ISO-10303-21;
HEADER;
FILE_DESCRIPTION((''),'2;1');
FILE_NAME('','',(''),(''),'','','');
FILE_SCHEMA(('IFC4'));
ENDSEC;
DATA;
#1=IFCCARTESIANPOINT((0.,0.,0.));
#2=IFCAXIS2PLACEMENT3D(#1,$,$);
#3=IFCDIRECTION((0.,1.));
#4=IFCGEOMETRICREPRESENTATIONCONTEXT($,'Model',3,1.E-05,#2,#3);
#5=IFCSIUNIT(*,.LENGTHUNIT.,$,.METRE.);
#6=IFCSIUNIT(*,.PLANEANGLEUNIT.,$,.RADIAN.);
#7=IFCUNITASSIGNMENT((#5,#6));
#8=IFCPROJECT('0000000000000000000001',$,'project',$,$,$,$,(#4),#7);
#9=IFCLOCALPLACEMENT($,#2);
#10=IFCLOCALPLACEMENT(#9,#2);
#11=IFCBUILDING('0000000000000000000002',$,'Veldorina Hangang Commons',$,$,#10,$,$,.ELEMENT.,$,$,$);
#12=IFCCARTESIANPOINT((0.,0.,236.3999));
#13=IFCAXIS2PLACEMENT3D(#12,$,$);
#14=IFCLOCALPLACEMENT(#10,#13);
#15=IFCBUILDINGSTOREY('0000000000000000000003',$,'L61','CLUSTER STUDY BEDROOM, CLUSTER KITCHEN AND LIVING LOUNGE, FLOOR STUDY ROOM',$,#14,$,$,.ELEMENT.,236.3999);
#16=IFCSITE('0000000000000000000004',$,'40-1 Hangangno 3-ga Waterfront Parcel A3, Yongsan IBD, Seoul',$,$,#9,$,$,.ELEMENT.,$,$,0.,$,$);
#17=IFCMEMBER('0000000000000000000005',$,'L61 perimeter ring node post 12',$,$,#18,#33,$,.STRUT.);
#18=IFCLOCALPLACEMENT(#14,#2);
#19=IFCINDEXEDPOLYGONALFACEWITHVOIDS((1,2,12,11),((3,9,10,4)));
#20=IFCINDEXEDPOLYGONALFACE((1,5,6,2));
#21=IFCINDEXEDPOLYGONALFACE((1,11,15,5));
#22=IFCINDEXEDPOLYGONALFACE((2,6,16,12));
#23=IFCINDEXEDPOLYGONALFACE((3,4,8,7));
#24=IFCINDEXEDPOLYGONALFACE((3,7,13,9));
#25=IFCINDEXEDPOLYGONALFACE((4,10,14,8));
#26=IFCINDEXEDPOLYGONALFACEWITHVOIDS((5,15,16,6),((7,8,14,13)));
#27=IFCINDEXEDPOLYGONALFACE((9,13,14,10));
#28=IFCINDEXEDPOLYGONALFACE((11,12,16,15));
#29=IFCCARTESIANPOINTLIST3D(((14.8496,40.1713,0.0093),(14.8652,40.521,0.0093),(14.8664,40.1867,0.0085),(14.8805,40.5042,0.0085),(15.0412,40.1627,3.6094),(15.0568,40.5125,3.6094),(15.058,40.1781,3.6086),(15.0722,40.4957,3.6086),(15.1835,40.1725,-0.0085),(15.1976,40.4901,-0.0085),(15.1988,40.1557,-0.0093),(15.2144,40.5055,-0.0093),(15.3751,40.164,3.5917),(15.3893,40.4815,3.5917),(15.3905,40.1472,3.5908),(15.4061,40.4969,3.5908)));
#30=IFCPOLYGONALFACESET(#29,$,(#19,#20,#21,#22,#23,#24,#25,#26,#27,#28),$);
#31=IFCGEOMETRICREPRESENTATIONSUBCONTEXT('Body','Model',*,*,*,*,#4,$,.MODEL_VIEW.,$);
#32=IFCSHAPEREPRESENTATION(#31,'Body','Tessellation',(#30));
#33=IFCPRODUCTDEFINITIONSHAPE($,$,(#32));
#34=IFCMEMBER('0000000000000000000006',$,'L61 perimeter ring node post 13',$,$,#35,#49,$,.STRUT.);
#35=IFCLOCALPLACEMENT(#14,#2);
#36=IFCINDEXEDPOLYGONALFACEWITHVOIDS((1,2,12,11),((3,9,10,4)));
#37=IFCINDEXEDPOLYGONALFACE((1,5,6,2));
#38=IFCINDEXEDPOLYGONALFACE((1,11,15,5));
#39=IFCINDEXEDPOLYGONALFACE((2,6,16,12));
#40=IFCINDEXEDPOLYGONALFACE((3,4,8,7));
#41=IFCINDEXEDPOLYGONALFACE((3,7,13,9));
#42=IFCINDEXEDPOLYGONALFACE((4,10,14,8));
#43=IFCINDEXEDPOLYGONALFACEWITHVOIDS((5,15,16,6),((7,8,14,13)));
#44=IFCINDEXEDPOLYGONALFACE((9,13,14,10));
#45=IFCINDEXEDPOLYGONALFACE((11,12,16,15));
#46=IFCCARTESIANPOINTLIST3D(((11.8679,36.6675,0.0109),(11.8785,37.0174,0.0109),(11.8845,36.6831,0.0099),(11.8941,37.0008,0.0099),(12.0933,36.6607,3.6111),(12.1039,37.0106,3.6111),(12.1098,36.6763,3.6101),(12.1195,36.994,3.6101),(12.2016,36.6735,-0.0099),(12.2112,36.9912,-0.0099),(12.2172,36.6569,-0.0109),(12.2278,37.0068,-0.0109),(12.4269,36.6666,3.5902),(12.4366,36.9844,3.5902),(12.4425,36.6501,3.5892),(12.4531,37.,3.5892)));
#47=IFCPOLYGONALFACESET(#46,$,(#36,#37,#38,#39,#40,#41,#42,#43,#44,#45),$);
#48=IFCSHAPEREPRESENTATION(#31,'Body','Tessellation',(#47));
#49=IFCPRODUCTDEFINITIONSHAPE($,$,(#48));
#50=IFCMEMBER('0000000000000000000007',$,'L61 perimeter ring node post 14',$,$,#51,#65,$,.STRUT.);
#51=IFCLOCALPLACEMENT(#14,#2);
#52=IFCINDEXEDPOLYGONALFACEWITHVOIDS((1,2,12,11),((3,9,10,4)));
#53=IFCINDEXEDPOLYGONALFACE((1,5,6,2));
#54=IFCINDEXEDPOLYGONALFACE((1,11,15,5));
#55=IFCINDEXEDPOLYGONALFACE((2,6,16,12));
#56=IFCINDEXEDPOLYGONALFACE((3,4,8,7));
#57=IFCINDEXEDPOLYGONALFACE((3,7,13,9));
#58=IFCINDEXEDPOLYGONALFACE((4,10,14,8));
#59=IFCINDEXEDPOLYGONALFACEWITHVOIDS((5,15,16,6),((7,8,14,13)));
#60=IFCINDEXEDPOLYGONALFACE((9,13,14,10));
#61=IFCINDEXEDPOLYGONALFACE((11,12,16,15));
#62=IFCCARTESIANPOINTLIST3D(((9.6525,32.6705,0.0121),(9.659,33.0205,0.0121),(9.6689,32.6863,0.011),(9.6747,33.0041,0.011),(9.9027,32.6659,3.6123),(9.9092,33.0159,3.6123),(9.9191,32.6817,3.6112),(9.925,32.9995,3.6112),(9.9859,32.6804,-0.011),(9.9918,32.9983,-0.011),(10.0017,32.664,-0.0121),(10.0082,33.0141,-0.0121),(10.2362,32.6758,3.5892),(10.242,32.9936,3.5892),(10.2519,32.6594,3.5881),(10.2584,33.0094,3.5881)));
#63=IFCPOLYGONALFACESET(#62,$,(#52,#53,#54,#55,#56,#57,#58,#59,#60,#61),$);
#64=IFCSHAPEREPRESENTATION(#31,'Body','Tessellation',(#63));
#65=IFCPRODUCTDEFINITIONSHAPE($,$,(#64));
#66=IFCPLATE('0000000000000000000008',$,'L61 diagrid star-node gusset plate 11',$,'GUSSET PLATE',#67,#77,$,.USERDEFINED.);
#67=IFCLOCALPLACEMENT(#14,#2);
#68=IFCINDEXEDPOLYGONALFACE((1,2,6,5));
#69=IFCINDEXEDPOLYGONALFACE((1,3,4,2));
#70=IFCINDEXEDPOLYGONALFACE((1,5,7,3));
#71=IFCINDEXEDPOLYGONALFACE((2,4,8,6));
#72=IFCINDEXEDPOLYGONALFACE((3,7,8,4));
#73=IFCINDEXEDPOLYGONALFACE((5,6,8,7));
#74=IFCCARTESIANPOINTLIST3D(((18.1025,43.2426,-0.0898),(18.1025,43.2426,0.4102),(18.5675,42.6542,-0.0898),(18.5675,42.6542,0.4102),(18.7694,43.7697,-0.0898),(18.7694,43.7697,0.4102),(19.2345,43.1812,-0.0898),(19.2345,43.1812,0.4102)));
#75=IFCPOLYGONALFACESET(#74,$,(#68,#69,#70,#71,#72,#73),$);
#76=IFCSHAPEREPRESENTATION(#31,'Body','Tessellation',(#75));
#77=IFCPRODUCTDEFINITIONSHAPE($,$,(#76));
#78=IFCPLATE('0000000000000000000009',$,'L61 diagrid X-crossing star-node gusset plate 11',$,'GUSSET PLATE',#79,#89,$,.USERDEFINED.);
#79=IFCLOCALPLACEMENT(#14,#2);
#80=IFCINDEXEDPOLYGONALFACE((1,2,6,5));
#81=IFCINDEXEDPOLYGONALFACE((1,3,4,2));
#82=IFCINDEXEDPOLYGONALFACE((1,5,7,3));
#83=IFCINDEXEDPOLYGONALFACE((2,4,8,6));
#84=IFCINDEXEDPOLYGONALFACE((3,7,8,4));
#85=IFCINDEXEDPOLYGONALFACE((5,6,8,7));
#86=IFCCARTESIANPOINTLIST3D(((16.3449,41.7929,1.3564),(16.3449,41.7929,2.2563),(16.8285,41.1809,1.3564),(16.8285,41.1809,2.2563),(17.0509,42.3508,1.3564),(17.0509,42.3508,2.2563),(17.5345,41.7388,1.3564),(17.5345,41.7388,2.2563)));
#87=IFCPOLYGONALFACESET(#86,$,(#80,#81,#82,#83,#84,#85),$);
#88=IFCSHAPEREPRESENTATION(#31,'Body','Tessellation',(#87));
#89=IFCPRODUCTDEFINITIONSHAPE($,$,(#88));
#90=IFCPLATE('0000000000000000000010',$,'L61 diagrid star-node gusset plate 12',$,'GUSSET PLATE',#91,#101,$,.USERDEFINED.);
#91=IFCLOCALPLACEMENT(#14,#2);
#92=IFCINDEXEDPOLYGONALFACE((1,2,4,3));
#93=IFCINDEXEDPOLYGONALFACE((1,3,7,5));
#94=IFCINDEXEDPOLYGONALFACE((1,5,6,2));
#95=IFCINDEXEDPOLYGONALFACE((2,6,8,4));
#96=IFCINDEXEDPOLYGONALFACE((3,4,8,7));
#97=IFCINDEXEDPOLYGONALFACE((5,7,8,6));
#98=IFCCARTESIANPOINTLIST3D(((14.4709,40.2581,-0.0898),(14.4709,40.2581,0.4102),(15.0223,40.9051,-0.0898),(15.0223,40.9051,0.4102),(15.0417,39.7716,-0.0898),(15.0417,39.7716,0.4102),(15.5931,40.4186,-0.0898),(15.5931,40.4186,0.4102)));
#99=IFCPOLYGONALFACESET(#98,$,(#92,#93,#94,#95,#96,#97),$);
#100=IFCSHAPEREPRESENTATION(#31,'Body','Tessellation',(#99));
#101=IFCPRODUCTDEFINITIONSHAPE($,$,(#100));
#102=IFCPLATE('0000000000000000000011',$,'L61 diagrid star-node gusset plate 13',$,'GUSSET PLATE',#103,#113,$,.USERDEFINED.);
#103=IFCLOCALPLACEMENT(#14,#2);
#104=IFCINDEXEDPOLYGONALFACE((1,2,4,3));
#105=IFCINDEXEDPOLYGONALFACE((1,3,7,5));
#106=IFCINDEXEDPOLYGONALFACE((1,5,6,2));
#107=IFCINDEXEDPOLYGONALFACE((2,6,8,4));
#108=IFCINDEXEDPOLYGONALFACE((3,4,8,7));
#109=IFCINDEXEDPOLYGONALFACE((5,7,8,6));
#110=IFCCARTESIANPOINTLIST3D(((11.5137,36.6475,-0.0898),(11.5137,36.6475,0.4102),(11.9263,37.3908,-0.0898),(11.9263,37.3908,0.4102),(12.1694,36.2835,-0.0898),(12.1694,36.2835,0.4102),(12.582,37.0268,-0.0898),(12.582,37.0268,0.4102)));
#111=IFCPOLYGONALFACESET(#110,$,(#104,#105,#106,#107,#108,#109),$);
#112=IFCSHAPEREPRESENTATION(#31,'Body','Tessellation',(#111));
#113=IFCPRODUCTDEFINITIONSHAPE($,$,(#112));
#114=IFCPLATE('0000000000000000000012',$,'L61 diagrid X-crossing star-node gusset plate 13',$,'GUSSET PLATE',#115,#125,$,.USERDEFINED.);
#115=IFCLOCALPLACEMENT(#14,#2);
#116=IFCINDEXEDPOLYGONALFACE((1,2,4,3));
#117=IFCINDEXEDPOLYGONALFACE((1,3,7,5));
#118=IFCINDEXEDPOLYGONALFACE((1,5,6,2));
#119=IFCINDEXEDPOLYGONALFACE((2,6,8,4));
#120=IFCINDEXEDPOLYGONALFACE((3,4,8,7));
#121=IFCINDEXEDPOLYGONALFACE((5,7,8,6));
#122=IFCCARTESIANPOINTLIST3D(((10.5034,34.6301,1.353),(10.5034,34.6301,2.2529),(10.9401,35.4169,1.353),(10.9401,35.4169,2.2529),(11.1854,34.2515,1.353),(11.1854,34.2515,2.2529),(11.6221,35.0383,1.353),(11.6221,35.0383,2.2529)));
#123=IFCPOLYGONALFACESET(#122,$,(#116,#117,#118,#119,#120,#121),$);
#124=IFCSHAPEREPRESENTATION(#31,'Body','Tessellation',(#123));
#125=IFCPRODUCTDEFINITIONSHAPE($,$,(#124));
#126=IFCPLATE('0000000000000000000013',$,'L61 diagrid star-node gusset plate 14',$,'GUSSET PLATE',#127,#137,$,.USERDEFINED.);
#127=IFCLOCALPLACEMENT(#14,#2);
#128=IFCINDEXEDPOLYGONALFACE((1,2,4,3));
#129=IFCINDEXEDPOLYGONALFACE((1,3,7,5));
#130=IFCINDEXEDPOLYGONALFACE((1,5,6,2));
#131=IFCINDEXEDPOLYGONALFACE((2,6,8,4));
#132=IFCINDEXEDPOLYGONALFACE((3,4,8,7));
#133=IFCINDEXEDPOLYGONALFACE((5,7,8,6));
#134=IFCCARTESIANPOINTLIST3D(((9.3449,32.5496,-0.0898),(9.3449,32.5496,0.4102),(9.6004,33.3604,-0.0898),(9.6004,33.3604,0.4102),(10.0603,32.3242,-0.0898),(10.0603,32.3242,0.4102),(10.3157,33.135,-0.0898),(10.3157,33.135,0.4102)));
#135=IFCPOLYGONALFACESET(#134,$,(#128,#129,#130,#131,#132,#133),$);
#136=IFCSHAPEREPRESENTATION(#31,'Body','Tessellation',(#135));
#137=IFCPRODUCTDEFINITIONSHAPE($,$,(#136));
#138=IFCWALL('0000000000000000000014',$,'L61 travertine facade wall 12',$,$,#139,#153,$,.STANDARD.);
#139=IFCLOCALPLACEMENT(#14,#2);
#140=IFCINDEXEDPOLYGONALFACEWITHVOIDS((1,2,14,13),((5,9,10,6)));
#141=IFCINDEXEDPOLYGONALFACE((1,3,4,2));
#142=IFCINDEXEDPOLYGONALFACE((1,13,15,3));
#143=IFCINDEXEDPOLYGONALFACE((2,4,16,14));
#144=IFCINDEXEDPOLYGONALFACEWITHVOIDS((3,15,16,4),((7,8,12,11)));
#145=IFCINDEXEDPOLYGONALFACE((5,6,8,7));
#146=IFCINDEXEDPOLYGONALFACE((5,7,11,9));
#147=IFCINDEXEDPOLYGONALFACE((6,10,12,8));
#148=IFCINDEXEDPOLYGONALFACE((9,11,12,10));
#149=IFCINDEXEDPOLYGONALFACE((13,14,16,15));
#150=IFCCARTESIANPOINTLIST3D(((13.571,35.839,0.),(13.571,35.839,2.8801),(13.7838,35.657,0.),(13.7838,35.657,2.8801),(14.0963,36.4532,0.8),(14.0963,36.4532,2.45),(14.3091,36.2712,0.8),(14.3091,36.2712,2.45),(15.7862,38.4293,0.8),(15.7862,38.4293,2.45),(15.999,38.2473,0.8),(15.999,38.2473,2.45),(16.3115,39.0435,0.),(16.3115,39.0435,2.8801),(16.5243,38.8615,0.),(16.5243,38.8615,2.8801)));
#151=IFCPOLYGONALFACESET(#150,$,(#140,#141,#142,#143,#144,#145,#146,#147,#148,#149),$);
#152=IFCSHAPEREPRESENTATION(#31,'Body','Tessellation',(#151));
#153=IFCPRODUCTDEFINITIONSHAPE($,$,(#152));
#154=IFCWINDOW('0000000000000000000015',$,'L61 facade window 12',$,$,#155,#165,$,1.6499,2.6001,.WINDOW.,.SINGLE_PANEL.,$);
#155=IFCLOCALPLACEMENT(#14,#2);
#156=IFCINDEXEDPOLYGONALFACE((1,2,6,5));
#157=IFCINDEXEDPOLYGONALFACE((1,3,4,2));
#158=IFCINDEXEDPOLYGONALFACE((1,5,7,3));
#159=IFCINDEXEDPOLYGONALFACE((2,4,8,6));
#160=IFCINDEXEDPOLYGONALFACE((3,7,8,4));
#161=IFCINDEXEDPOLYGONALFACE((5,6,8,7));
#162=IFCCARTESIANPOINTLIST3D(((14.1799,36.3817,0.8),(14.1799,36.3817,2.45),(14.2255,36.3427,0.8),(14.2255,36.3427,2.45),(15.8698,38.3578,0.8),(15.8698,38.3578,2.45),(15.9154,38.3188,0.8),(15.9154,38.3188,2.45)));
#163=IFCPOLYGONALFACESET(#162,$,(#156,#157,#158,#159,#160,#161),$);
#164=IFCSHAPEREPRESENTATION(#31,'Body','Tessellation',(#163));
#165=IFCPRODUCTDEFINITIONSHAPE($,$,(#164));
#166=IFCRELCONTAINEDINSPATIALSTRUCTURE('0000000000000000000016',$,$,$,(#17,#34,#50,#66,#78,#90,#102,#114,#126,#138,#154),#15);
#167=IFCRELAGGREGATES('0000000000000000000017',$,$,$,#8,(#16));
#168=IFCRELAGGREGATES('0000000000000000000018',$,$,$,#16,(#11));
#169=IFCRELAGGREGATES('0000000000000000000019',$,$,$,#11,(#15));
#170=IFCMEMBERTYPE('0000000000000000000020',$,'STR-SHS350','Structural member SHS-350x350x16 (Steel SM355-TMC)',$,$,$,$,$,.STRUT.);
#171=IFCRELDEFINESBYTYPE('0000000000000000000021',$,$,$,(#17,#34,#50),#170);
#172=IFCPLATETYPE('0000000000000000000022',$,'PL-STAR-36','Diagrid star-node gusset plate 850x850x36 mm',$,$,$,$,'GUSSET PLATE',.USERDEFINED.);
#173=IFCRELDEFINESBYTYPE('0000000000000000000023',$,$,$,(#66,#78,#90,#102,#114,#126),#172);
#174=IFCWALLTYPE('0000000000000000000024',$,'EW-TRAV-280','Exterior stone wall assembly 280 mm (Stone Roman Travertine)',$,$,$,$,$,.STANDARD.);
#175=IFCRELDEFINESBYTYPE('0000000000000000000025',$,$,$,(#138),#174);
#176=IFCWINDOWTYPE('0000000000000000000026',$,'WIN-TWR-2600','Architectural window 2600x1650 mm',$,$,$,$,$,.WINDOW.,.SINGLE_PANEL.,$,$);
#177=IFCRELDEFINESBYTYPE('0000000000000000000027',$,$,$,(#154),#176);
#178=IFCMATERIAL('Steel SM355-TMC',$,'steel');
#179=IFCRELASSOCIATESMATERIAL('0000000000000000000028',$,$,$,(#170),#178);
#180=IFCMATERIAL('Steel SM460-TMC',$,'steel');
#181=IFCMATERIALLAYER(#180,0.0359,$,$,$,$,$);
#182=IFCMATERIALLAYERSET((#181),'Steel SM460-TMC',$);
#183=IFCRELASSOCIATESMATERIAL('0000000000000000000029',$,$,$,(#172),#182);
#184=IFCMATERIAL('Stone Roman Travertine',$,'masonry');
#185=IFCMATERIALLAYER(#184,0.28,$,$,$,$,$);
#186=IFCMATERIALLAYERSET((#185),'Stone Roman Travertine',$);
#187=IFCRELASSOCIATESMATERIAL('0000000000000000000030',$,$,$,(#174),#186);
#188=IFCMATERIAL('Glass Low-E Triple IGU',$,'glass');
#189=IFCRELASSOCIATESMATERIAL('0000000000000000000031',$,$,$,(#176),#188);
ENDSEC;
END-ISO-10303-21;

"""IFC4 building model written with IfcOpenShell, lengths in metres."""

from ifc_helpers import new_model, si_unit, direction, frame, frame_2d, origin, origin_2d, place, context, subcontext, project, spatial, rectangle, hollow_rectangle, extrude, material, layer, layer_set, material_profile, profile_set, type_object, element, fill, save


model = new_model("IFC4")

# Units and contexts
model_context = context("Model", 3, precision=1e-05, world=origin(), true_north=direction((0.0, 1.0)))
body_context = subcontext(model_context, "Body", "Model", "MODEL_VIEW")
ifc_project = project(units=[si_unit("LENGTHUNIT", "METRE"), si_unit("PLANEANGLEUNIT", "RADIAN")], contexts=[model_context])

# Site, building, storey
site_placement = place(None, origin())
site = spatial("IfcSite", under=ifc_project, at=site_placement, Name="40-1 Hangangno 3-ga Waterfront Parcel A3, Yongsan IBD, Seoul", CompositionType="ELEMENT", RefElevation=0.0)
building_placement = place(site_placement, origin())
building = spatial("IfcBuilding", under=site, at=building_placement, Name="Veldorina Hangang Commons", CompositionType="ELEMENT")
storey_placement = place(building_placement, frame((0.0, 0.0, 236.3999)))
storey = spatial("IfcBuildingStorey", under=building, at=storey_placement, Name="L61", Description="CLUSTER STUDY BEDROOM, CLUSTER KITCHEN AND LIVING LOUNGE, FLOOR STUDY ROOM", CompositionType="ELEMENT", Elevation=236.3999)

# Shared definitions
ifc_material_1 = material(Name="Steel SM355-TMC", Category="steel")

# Members
ifc_material_profile_1 = material_profile(ifc_material_1, hollow_rectangle(XDim=0.3501, YDim=0.3501, WallThickness=0.0161, at=origin_2d()), Name="SHS-350x350x16")
ifc_profile_set_1 = profile_set([ifc_material_profile_1], Name="Steel SM355-TMC")
member_type_1 = type_object("IfcMemberType", Name="STR-SHS350", Description="Structural member SHS-350x350x16 (Steel SM355-TMC)", PredefinedType="STRUT", material=ifc_profile_set_1)
member_1_placement = place(storey_placement, frame((15.032, 40.3384, 0.0), z_axis=(0.053159, -0.00237, 0.998583), x_axis=(0.044542, 0.999008, 0.0)))
element("IfcMember", 1, at=member_1_placement, inside=storey, type_object=member_type_1, Name="L61 perimeter ring node post 12", PredefinedType="STRUT", context=body_context, shape_type="SweptSolid", body=[
    extrude(hollow_rectangle(XDim=0.3501, YDim=0.3501, WallThickness=0.0161, at=origin_2d()), origin(), (0.0, 0.0, 1.0), 3.6052),
])
member_2_placement = place(storey_placement, frame((12.0479, 36.8372, 0.0), z_axis=(0.062471, -0.001895, 0.998045), x_axis=(0.030322, 0.99954, 0.0)))
element("IfcMember", 2, at=member_2_placement, inside=storey, type_object=member_type_1, Name="L61 perimeter ring node post 13", PredefinedType="STRUT", context=body_context, shape_type="SweptSolid", body=[
    extrude(hollow_rectangle(XDim=0.3501, YDim=0.3501, WallThickness=0.0161, at=origin_2d()), origin(), (0.0, 0.0, 1.0), 3.6072),
])
member_3_placement = place(storey_placement, frame((9.8303, 32.8423, 0.0), z_axis=(0.069343, -0.001285, 0.997592), x_axis=(0.018533, 0.999828, 0.0)))
element("IfcMember", 3, at=member_3_placement, inside=storey, type_object=member_type_1, Name="L61 perimeter ring node post 14", PredefinedType="STRUT", context=body_context, shape_type="SweptSolid", body=[
    extrude(hollow_rectangle(XDim=0.3501, YDim=0.3501, WallThickness=0.0161, at=origin_2d()), origin(), (0.0, 0.0, 1.0), 3.6089),
])

# Plates
ifc_material_2 = material(Name="Steel SM460-TMC", Category="steel")
ifc_layer_1 = layer(ifc_material_2, 0.0359)
ifc_layer_set_1 = layer_set([ifc_layer_1], Name="Steel SM460-TMC")
plate_type = type_object("IfcPlateType", Name="PL-STAR-36", Description="Diagrid star-node gusset plate 850x850x36 mm", ElementType="GUSSET PLATE", PredefinedType="USERDEFINED", material=ifc_layer_set_1)
plate_1_placement = place(storey_placement, frame((18.6685, 43.2119, -0.0898), z_axis=(0.0, 0.0, 1.0), x_axis=(-0.784592, -0.620012, 0.0)))
element("IfcPlate", 4, at=plate_1_placement, inside=storey, type_object=plate_type, Name="L61 diagrid star-node gusset plate 11", ObjectType="GUSSET PLATE", PredefinedType="USERDEFINED", context=body_context, shape_type="SweptSolid", body=[
    extrude(rectangle(XDim=0.8501, YDim=0.75, at=origin_2d()), origin(), (0.0, 0.0, 1.0), 0.5),
])
plate_2_placement = place(storey_placement, frame((16.9397, 41.7659, 1.3564), z_axis=(0.0, 0.0, 1.0), x_axis=(-0.784592, -0.620012, 0.0)))
element("IfcPlate", 5, at=plate_2_placement, inside=storey, type_object=plate_type, Name="L61 diagrid X-crossing star-node gusset plate 11", ObjectType="GUSSET PLATE", PredefinedType="USERDEFINED", context=body_context, shape_type="SweptSolid", body=[
    extrude(rectangle(XDim=0.8999, YDim=0.78, at=origin_2d()), origin(), (0.0, 0.0, 1.0), 0.8999),
])
for number, where, z_axis, x_axis, name in (
    (6, (15.032, 40.3384, -0.0898), (0.0, 0.0, 1.0), (-0.648665, -0.761074, 0.0), "L61 diagrid star-node gusset plate 12"),
    (7, (12.0479, 36.8372, -0.0898), (0.0, 0.0, 1.0), (-0.485344, -0.874323, 0.0), "L61 diagrid star-node gusset plate 13"),
):
    element("IfcPlate", number, at=place(storey_placement, frame(where, z_axis=z_axis, x_axis=x_axis)), inside=storey, type_object=plate_type, Name=name, ObjectType="GUSSET PLATE", PredefinedType="USERDEFINED", context=body_context, shape_type="SweptSolid", body=[
        extrude(rectangle(XDim=0.8501, YDim=0.75, at=origin_2d()), origin(), (0.0, 0.0, 1.0), 0.5),
    ])
plate_3_placement = place(storey_placement, frame((11.0627, 34.8342, 1.353), z_axis=(0.0, 0.0, 1.0), x_axis=(-0.485344, -0.874323, 0.0)))
element("IfcPlate", 8, at=plate_3_placement, inside=storey, type_object=plate_type, Name="L61 diagrid X-crossing star-node gusset plate 13", ObjectType="GUSSET PLATE", PredefinedType="USERDEFINED", context=body_context, shape_type="SweptSolid", body=[
    extrude(rectangle(XDim=0.8999, YDim=0.78, at=origin_2d()), origin(), (0.0, 0.0, 1.0), 0.8999),
])
plate_4_placement = place(storey_placement, frame((9.8303, 32.8423, -0.0898), z_axis=(0.0, 0.0, 1.0), x_axis=(-0.300473, -0.95379, 0.0)))
element("IfcPlate", 9, at=plate_4_placement, inside=storey, type_object=plate_type, Name="L61 diagrid star-node gusset plate 14", ObjectType="GUSSET PLATE", PredefinedType="USERDEFINED", context=body_context, shape_type="SweptSolid", body=[
    extrude(rectangle(XDim=0.8501, YDim=0.75, at=origin_2d()), origin(), (0.0, 0.0, 1.0), 0.5),
])

# Wall, opening, window
ifc_material_3 = material(Name="Stone Roman Travertine", Category="masonry")
ifc_layer_2 = layer(ifc_material_3, 0.28)
ifc_layer_set_2 = layer_set([ifc_layer_2], Name="Stone Roman Travertine")
wall_type_1 = type_object("IfcWallType", Name="EW-TRAV-280", Description="Exterior stone wall assembly 280 mm (Stone Roman Travertine)", PredefinedType="STANDARD", material=ifc_layer_set_2)
wall_1_placement = place(storey_placement, frame((16.418, 38.9526, 0.0), z_axis=(0.0, 0.0, 1.0), x_axis=(-0.649928, -0.759996, 0.0)))
wall_1 = element("IfcWall", 10, at=wall_1_placement, inside=storey, type_object=wall_type_1, Name="L61 travertine facade wall 12", PredefinedType="STANDARD", context=body_context, shape_type="SweptSolid", body=[
    extrude(rectangle(XDim=4.2166, YDim=0.28, at=frame_2d((2.1084, 0.0))), origin(), (0.0, 0.0, 1.0), 2.8801),
])
opening_1_placement = place(wall_1_placement, frame((0.8083, 0.0, 0.8)))
opening_1 = element("IfcOpeningElement", 11, at=opening_1_placement, cuts=wall_1, PredefinedType="OPENING", context=body_context, shape_type="SweptSolid", body=[
    extrude(rectangle(XDim=2.6001, YDim=1.6499, at=frame_2d((1.3, 0.825))), frame((0.0, 0.1499, 0.0), z_axis=(0.0, -1.0, 0.0), x_axis=(1.0, 0.0, 0.0)), (0.0, 0.0, 1.0), 0.3),
])
ifc_material_4 = material(Name="Glass Low-E Triple IGU", Category="glass")
window_type = type_object("IfcWindowType", Name="WIN-TWR-2600", Description="Architectural window 2600x1650 mm", PartitioningType="SINGLE_PANEL", PredefinedType="WINDOW", material=ifc_material_4)
window_1_placement = place(opening_1_placement, origin())
window_1 = element("IfcWindow", 12, at=window_1_placement, inside=storey, type_object=window_type, Name="L61 facade window 12", OverallHeight=1.6499, OverallWidth=2.6001, PartitioningType="SINGLE_PANEL", PredefinedType="WINDOW", context=body_context, shape_type="SweptSolid", body=[
    extrude(rectangle(XDim=2.6001, YDim=1.6499, at=frame_2d((1.3, 0.825))), frame((0.0, 0.03, 0.0), z_axis=(0.0, -1.0, 0.0), x_axis=(1.0, 0.0, 0.0)), (0.0, 0.0, 1.0), 0.0601),
])
fill(opening_1, window_1)

save(model, "model.ifc")
